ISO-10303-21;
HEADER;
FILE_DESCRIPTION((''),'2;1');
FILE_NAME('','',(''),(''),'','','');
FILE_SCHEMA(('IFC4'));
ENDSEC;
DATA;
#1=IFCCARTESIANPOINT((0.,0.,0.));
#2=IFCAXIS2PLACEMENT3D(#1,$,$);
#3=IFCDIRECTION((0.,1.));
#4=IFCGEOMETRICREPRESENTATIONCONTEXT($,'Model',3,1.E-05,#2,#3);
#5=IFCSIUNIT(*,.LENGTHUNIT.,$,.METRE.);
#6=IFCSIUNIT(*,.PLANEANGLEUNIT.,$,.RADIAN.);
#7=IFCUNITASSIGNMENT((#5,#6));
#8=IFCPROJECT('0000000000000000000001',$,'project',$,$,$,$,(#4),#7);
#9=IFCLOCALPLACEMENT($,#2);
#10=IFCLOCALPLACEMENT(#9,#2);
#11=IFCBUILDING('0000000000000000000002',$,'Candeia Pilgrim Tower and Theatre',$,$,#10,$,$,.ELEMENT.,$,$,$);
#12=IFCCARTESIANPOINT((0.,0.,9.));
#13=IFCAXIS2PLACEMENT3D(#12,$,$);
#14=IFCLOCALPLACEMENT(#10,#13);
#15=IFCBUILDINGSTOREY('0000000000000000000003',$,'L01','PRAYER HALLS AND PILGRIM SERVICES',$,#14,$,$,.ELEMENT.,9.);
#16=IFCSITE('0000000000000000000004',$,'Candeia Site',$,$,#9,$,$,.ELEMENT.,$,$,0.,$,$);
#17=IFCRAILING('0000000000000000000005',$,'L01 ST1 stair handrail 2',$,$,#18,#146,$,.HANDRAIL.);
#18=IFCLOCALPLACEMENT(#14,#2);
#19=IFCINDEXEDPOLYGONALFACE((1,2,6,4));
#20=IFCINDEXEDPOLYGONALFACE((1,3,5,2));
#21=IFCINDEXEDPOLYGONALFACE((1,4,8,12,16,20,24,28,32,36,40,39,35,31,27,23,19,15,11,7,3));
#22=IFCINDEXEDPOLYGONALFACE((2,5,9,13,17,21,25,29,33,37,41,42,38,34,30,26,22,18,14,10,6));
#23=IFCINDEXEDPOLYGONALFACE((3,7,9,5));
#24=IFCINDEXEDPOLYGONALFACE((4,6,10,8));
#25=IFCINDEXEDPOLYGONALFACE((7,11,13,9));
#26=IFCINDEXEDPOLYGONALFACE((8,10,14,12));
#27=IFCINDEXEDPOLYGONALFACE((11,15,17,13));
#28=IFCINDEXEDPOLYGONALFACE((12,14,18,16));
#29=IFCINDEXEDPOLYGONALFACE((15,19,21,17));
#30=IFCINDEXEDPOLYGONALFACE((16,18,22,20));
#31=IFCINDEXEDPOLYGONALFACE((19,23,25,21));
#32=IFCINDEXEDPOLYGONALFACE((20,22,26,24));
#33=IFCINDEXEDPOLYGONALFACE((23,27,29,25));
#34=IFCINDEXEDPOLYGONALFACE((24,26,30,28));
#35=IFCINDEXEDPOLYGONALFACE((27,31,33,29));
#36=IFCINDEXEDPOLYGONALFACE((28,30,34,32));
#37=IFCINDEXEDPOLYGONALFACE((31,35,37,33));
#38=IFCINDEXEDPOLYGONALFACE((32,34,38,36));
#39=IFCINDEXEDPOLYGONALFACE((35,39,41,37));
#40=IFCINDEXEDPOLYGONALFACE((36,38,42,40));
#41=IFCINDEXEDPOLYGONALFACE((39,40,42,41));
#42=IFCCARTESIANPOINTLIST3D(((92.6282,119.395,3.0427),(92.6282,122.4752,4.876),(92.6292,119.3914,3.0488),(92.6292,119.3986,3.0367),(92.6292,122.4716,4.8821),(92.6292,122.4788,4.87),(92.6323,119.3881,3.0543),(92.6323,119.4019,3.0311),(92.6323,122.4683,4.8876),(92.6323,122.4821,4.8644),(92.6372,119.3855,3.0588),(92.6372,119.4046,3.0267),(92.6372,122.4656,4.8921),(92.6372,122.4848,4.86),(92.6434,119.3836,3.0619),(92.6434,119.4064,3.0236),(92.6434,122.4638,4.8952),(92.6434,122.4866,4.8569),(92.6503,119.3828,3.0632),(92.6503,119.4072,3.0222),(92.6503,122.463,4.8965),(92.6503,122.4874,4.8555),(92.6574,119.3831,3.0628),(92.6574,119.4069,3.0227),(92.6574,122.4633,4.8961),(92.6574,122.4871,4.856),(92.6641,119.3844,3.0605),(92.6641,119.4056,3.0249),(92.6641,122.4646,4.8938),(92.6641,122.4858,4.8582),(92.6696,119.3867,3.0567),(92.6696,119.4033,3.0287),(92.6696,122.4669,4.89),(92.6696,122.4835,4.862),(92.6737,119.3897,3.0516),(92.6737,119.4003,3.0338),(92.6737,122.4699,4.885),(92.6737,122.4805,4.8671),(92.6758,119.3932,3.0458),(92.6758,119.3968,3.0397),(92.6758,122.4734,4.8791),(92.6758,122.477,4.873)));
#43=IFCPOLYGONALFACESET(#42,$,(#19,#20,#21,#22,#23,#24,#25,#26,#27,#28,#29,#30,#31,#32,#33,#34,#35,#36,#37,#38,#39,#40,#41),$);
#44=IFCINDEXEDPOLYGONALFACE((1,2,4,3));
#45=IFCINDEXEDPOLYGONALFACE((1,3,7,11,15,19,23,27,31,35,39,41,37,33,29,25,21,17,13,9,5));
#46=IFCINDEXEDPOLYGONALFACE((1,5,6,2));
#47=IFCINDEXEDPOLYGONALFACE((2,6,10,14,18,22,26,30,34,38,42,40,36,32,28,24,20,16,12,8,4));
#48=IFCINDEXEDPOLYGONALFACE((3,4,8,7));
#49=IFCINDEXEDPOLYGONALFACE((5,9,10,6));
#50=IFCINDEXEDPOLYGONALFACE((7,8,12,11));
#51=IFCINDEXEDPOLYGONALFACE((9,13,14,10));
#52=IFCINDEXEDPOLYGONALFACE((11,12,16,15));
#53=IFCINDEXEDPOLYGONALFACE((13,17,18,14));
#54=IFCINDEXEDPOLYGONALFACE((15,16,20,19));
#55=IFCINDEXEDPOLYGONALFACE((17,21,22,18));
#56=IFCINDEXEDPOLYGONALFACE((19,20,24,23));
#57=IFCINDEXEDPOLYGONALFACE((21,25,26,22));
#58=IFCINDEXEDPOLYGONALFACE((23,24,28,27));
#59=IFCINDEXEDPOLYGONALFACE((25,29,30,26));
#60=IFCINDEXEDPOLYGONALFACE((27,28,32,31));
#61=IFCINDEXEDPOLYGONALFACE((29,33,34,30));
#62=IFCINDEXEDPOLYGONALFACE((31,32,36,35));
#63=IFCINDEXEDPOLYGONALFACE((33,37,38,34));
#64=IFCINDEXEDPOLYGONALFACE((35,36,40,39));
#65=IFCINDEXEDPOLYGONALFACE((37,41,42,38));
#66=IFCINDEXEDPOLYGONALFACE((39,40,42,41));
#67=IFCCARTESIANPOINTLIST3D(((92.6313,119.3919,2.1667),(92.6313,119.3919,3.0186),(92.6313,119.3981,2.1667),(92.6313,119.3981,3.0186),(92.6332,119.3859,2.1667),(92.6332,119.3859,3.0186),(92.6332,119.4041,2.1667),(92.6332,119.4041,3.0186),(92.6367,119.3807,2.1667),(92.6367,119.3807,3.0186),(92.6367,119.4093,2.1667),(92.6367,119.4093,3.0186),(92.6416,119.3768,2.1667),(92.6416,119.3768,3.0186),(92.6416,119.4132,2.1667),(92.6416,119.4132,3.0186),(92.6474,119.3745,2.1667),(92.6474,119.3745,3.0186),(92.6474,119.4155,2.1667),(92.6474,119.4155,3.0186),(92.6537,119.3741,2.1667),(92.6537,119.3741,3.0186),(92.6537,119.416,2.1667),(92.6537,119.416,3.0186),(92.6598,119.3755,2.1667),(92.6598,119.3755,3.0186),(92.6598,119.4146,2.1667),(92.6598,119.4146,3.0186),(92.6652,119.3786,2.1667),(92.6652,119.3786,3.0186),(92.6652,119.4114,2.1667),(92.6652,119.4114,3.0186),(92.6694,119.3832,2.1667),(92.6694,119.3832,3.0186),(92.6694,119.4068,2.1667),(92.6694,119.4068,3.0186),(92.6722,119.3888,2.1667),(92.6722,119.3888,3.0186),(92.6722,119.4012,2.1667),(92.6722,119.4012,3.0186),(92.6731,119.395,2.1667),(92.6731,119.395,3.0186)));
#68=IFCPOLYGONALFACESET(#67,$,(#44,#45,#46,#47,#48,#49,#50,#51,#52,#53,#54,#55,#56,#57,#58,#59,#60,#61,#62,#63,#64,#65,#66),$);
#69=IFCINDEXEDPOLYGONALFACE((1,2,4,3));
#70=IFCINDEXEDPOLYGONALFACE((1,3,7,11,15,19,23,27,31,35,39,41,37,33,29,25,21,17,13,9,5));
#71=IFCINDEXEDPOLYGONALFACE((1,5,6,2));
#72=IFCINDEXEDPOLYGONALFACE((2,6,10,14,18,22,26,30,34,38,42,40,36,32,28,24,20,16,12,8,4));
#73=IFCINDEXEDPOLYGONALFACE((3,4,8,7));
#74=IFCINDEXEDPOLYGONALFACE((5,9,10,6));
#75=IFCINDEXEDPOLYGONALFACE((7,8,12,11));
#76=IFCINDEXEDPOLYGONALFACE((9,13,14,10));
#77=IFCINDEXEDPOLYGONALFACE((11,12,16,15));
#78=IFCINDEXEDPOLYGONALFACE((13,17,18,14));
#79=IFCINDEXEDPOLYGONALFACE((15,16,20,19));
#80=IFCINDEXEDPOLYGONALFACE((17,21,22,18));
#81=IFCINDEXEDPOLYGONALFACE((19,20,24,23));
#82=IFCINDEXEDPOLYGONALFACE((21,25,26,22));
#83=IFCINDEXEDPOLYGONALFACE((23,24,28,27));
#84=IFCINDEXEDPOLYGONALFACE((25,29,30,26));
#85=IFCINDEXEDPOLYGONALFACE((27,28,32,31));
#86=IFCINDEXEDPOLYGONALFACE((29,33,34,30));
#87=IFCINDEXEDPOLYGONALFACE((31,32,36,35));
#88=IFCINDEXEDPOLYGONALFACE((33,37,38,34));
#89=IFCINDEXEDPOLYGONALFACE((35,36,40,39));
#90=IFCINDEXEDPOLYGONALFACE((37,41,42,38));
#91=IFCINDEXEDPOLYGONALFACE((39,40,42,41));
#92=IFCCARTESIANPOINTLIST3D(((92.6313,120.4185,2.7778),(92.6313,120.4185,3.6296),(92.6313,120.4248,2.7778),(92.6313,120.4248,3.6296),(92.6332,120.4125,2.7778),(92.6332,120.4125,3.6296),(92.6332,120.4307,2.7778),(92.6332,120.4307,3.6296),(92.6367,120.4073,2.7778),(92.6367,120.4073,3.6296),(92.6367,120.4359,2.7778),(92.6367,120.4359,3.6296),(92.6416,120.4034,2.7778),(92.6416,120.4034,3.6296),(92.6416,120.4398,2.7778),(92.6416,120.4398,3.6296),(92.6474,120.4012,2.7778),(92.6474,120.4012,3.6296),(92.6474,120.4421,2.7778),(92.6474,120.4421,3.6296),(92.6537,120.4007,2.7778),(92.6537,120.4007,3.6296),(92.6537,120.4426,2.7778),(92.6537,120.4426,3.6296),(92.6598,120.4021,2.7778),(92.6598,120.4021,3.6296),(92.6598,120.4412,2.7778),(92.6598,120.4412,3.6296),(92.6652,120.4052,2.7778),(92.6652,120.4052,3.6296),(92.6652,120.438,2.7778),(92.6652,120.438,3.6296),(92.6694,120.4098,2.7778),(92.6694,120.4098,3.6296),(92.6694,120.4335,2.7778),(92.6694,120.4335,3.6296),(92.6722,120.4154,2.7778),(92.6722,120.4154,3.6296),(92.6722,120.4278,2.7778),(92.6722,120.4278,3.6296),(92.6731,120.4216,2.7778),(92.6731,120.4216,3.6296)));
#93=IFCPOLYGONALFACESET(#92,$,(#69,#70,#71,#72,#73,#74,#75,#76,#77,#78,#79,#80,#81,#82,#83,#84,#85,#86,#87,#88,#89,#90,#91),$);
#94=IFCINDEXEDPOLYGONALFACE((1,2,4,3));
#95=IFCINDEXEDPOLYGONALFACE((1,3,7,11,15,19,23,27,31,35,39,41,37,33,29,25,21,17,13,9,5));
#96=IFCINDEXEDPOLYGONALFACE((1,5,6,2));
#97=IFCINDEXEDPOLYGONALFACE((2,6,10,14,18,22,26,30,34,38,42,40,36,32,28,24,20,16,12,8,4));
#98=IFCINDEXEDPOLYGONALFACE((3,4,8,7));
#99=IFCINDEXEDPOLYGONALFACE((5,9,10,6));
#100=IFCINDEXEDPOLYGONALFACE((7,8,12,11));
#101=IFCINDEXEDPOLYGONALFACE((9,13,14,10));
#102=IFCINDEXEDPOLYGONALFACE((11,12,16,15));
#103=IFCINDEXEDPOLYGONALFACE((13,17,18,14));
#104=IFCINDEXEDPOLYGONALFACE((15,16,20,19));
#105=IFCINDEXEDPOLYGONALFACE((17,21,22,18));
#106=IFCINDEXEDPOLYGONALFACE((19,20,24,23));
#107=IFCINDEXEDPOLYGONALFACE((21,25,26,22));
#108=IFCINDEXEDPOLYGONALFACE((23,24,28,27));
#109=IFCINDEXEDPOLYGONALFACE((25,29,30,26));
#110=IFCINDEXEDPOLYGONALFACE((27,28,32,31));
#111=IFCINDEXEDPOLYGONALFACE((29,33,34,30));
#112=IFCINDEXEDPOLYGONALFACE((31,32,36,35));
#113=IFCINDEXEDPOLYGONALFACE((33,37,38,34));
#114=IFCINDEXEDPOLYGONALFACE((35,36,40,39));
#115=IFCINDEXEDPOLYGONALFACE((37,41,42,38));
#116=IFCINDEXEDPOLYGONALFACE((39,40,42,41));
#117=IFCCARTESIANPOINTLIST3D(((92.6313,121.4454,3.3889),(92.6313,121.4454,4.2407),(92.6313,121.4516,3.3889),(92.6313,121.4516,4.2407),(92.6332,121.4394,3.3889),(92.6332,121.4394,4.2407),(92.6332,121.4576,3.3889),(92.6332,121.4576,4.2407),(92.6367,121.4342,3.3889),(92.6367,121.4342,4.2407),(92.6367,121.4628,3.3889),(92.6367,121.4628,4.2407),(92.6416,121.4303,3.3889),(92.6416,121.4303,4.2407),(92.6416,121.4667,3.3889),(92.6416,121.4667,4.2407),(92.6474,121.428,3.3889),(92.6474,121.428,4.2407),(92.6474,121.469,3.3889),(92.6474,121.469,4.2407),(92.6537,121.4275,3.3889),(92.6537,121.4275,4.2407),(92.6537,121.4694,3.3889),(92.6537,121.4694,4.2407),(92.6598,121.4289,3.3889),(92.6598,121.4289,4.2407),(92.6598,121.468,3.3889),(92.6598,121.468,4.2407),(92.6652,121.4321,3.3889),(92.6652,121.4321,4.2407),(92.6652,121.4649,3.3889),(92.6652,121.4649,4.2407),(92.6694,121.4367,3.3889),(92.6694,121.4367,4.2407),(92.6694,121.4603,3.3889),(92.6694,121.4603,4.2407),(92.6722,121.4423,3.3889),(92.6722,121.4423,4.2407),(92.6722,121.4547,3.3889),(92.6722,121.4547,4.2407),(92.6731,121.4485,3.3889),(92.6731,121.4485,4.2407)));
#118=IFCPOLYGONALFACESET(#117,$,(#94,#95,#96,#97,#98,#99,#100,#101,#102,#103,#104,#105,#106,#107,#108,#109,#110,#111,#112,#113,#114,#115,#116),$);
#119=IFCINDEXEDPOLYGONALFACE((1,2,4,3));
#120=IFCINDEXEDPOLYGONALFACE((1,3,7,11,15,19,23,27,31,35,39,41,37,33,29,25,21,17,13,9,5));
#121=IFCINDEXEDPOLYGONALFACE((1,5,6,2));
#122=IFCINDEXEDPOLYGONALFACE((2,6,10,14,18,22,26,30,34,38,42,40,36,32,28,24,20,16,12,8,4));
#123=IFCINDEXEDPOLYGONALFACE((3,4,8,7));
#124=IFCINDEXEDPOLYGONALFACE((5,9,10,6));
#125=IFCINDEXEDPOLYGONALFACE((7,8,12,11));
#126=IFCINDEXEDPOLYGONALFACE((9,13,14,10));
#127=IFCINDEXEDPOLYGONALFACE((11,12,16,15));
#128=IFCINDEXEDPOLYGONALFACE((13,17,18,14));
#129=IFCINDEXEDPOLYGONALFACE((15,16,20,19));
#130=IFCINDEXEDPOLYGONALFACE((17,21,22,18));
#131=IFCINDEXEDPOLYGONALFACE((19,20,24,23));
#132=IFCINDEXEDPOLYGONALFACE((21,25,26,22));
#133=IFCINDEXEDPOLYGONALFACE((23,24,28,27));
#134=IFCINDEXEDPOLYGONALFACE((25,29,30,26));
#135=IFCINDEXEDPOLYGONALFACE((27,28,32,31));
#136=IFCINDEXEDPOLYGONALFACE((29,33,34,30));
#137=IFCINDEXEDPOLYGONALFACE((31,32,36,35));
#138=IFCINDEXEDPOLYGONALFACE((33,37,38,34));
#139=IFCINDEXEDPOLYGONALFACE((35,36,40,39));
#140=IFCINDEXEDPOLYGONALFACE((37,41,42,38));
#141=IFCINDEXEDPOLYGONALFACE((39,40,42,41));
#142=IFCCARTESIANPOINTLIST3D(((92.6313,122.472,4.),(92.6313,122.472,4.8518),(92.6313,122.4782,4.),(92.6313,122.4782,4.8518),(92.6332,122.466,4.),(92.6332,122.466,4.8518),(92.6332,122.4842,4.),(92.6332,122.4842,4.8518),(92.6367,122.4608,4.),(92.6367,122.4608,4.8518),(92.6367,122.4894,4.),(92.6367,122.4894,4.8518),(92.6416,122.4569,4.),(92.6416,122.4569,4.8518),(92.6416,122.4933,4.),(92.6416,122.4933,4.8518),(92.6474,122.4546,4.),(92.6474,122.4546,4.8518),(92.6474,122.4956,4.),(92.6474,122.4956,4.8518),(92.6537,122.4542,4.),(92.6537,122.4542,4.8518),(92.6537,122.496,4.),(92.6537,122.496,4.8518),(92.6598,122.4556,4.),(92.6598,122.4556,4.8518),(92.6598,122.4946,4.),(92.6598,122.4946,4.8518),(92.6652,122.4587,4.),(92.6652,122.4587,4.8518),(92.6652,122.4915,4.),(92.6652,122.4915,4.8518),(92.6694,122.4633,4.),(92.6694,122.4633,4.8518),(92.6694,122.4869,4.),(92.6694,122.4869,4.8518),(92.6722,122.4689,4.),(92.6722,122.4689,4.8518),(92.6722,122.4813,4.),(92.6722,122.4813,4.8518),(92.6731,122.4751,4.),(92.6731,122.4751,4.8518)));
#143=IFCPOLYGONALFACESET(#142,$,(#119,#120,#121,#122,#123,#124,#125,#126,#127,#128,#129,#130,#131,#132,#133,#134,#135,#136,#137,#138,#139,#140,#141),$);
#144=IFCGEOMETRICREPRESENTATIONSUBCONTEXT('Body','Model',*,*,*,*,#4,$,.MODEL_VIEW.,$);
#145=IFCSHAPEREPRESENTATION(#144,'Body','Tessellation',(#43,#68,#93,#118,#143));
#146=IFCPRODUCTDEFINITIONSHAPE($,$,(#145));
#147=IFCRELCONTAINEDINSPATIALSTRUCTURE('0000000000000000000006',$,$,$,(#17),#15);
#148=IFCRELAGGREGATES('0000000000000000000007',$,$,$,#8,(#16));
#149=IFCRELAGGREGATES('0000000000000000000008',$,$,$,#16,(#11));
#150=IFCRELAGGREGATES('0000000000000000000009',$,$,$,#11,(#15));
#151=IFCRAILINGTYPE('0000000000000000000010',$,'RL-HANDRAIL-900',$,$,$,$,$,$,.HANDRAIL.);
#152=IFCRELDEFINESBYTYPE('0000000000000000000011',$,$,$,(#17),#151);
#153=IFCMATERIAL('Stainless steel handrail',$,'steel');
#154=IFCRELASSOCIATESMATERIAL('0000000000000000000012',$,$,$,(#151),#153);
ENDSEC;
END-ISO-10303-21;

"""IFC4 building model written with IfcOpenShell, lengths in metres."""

from ifc_helpers import new_model, si_unit, direction, frame, origin, origin_2d, place, context, subcontext, project, spatial, circle, extrude, material, type_object, element, save


model = new_model("IFC4")

# Units and contexts
model_context = context("Model", 3, precision=1e-05, world=origin(), true_north=direction((0.0, 1.0)))
body_context = subcontext(model_context, "Body", "Model", "MODEL_VIEW")
ifc_project = project(units=[si_unit("LENGTHUNIT", "METRE"), si_unit("PLANEANGLEUNIT", "RADIAN")], contexts=[model_context])

# Site, building, storey
site_placement = place(None, origin())
site = spatial("IfcSite", under=ifc_project, at=site_placement, Name="Candeia Site", CompositionType="ELEMENT", RefElevation=0.0)
building_placement = place(site_placement, origin())
building = spatial("IfcBuilding", under=site, at=building_placement, Name="Candeia Pilgrim Tower and Theatre", CompositionType="ELEMENT")
storey_placement = place(building_placement, frame((0.0, 0.0, 9.0)))
storey = spatial("IfcBuildingStorey", under=building, at=storey_placement, Name="L01", Description="PRAYER HALLS AND PILGRIM SERVICES", CompositionType="ELEMENT", Elevation=9.0)

# Railing
ifc_material_1 = material(Name="Stainless steel handrail", Category="steel")
railing_type_1 = type_object("IfcRailingType", Name="RL-HANDRAIL-900", PredefinedType="HANDRAIL", material=ifc_material_1)
for number, where, name in (
    (1, (92.6521, 119.395, 2.1667), "L01 ST1 stair handrail 2"),
):
    element("IfcRailing", number, at=place(storey_placement, frame(where)), inside=storey, type_object=railing_type_1, Name=name, PredefinedType="HANDRAIL", context=body_context, shape_type="SweptSolid", body=[
        extrude(circle(Radius=0.0239, at=origin_2d()), frame((0.0, 0.0, 0.876), z_axis=(0.0, 0.859309, 0.511458), x_axis=(-1.0, 0.0, 0.0)), (0.0, 0.0, 1.0), 3.5845),
        extrude(circle(Radius=0.021, at=origin_2d()), origin(), (0.0, 0.0, 1.0), 0.8518),
        extrude(circle(Radius=0.021, at=origin_2d()), frame((0.0, 1.0266, 0.6111)), (0.0, 0.0, 1.0), 0.8518),
        extrude(circle(Radius=0.021, at=origin_2d()), frame((0.0, 2.0535, 1.2222)), (0.0, 0.0, 1.0), 0.8518),
        extrude(circle(Radius=0.021, at=origin_2d()), frame((0.0, 3.0801, 1.8333)), (0.0, 0.0, 1.0), 0.8518),
    ])

save(model, "model.ifc")
